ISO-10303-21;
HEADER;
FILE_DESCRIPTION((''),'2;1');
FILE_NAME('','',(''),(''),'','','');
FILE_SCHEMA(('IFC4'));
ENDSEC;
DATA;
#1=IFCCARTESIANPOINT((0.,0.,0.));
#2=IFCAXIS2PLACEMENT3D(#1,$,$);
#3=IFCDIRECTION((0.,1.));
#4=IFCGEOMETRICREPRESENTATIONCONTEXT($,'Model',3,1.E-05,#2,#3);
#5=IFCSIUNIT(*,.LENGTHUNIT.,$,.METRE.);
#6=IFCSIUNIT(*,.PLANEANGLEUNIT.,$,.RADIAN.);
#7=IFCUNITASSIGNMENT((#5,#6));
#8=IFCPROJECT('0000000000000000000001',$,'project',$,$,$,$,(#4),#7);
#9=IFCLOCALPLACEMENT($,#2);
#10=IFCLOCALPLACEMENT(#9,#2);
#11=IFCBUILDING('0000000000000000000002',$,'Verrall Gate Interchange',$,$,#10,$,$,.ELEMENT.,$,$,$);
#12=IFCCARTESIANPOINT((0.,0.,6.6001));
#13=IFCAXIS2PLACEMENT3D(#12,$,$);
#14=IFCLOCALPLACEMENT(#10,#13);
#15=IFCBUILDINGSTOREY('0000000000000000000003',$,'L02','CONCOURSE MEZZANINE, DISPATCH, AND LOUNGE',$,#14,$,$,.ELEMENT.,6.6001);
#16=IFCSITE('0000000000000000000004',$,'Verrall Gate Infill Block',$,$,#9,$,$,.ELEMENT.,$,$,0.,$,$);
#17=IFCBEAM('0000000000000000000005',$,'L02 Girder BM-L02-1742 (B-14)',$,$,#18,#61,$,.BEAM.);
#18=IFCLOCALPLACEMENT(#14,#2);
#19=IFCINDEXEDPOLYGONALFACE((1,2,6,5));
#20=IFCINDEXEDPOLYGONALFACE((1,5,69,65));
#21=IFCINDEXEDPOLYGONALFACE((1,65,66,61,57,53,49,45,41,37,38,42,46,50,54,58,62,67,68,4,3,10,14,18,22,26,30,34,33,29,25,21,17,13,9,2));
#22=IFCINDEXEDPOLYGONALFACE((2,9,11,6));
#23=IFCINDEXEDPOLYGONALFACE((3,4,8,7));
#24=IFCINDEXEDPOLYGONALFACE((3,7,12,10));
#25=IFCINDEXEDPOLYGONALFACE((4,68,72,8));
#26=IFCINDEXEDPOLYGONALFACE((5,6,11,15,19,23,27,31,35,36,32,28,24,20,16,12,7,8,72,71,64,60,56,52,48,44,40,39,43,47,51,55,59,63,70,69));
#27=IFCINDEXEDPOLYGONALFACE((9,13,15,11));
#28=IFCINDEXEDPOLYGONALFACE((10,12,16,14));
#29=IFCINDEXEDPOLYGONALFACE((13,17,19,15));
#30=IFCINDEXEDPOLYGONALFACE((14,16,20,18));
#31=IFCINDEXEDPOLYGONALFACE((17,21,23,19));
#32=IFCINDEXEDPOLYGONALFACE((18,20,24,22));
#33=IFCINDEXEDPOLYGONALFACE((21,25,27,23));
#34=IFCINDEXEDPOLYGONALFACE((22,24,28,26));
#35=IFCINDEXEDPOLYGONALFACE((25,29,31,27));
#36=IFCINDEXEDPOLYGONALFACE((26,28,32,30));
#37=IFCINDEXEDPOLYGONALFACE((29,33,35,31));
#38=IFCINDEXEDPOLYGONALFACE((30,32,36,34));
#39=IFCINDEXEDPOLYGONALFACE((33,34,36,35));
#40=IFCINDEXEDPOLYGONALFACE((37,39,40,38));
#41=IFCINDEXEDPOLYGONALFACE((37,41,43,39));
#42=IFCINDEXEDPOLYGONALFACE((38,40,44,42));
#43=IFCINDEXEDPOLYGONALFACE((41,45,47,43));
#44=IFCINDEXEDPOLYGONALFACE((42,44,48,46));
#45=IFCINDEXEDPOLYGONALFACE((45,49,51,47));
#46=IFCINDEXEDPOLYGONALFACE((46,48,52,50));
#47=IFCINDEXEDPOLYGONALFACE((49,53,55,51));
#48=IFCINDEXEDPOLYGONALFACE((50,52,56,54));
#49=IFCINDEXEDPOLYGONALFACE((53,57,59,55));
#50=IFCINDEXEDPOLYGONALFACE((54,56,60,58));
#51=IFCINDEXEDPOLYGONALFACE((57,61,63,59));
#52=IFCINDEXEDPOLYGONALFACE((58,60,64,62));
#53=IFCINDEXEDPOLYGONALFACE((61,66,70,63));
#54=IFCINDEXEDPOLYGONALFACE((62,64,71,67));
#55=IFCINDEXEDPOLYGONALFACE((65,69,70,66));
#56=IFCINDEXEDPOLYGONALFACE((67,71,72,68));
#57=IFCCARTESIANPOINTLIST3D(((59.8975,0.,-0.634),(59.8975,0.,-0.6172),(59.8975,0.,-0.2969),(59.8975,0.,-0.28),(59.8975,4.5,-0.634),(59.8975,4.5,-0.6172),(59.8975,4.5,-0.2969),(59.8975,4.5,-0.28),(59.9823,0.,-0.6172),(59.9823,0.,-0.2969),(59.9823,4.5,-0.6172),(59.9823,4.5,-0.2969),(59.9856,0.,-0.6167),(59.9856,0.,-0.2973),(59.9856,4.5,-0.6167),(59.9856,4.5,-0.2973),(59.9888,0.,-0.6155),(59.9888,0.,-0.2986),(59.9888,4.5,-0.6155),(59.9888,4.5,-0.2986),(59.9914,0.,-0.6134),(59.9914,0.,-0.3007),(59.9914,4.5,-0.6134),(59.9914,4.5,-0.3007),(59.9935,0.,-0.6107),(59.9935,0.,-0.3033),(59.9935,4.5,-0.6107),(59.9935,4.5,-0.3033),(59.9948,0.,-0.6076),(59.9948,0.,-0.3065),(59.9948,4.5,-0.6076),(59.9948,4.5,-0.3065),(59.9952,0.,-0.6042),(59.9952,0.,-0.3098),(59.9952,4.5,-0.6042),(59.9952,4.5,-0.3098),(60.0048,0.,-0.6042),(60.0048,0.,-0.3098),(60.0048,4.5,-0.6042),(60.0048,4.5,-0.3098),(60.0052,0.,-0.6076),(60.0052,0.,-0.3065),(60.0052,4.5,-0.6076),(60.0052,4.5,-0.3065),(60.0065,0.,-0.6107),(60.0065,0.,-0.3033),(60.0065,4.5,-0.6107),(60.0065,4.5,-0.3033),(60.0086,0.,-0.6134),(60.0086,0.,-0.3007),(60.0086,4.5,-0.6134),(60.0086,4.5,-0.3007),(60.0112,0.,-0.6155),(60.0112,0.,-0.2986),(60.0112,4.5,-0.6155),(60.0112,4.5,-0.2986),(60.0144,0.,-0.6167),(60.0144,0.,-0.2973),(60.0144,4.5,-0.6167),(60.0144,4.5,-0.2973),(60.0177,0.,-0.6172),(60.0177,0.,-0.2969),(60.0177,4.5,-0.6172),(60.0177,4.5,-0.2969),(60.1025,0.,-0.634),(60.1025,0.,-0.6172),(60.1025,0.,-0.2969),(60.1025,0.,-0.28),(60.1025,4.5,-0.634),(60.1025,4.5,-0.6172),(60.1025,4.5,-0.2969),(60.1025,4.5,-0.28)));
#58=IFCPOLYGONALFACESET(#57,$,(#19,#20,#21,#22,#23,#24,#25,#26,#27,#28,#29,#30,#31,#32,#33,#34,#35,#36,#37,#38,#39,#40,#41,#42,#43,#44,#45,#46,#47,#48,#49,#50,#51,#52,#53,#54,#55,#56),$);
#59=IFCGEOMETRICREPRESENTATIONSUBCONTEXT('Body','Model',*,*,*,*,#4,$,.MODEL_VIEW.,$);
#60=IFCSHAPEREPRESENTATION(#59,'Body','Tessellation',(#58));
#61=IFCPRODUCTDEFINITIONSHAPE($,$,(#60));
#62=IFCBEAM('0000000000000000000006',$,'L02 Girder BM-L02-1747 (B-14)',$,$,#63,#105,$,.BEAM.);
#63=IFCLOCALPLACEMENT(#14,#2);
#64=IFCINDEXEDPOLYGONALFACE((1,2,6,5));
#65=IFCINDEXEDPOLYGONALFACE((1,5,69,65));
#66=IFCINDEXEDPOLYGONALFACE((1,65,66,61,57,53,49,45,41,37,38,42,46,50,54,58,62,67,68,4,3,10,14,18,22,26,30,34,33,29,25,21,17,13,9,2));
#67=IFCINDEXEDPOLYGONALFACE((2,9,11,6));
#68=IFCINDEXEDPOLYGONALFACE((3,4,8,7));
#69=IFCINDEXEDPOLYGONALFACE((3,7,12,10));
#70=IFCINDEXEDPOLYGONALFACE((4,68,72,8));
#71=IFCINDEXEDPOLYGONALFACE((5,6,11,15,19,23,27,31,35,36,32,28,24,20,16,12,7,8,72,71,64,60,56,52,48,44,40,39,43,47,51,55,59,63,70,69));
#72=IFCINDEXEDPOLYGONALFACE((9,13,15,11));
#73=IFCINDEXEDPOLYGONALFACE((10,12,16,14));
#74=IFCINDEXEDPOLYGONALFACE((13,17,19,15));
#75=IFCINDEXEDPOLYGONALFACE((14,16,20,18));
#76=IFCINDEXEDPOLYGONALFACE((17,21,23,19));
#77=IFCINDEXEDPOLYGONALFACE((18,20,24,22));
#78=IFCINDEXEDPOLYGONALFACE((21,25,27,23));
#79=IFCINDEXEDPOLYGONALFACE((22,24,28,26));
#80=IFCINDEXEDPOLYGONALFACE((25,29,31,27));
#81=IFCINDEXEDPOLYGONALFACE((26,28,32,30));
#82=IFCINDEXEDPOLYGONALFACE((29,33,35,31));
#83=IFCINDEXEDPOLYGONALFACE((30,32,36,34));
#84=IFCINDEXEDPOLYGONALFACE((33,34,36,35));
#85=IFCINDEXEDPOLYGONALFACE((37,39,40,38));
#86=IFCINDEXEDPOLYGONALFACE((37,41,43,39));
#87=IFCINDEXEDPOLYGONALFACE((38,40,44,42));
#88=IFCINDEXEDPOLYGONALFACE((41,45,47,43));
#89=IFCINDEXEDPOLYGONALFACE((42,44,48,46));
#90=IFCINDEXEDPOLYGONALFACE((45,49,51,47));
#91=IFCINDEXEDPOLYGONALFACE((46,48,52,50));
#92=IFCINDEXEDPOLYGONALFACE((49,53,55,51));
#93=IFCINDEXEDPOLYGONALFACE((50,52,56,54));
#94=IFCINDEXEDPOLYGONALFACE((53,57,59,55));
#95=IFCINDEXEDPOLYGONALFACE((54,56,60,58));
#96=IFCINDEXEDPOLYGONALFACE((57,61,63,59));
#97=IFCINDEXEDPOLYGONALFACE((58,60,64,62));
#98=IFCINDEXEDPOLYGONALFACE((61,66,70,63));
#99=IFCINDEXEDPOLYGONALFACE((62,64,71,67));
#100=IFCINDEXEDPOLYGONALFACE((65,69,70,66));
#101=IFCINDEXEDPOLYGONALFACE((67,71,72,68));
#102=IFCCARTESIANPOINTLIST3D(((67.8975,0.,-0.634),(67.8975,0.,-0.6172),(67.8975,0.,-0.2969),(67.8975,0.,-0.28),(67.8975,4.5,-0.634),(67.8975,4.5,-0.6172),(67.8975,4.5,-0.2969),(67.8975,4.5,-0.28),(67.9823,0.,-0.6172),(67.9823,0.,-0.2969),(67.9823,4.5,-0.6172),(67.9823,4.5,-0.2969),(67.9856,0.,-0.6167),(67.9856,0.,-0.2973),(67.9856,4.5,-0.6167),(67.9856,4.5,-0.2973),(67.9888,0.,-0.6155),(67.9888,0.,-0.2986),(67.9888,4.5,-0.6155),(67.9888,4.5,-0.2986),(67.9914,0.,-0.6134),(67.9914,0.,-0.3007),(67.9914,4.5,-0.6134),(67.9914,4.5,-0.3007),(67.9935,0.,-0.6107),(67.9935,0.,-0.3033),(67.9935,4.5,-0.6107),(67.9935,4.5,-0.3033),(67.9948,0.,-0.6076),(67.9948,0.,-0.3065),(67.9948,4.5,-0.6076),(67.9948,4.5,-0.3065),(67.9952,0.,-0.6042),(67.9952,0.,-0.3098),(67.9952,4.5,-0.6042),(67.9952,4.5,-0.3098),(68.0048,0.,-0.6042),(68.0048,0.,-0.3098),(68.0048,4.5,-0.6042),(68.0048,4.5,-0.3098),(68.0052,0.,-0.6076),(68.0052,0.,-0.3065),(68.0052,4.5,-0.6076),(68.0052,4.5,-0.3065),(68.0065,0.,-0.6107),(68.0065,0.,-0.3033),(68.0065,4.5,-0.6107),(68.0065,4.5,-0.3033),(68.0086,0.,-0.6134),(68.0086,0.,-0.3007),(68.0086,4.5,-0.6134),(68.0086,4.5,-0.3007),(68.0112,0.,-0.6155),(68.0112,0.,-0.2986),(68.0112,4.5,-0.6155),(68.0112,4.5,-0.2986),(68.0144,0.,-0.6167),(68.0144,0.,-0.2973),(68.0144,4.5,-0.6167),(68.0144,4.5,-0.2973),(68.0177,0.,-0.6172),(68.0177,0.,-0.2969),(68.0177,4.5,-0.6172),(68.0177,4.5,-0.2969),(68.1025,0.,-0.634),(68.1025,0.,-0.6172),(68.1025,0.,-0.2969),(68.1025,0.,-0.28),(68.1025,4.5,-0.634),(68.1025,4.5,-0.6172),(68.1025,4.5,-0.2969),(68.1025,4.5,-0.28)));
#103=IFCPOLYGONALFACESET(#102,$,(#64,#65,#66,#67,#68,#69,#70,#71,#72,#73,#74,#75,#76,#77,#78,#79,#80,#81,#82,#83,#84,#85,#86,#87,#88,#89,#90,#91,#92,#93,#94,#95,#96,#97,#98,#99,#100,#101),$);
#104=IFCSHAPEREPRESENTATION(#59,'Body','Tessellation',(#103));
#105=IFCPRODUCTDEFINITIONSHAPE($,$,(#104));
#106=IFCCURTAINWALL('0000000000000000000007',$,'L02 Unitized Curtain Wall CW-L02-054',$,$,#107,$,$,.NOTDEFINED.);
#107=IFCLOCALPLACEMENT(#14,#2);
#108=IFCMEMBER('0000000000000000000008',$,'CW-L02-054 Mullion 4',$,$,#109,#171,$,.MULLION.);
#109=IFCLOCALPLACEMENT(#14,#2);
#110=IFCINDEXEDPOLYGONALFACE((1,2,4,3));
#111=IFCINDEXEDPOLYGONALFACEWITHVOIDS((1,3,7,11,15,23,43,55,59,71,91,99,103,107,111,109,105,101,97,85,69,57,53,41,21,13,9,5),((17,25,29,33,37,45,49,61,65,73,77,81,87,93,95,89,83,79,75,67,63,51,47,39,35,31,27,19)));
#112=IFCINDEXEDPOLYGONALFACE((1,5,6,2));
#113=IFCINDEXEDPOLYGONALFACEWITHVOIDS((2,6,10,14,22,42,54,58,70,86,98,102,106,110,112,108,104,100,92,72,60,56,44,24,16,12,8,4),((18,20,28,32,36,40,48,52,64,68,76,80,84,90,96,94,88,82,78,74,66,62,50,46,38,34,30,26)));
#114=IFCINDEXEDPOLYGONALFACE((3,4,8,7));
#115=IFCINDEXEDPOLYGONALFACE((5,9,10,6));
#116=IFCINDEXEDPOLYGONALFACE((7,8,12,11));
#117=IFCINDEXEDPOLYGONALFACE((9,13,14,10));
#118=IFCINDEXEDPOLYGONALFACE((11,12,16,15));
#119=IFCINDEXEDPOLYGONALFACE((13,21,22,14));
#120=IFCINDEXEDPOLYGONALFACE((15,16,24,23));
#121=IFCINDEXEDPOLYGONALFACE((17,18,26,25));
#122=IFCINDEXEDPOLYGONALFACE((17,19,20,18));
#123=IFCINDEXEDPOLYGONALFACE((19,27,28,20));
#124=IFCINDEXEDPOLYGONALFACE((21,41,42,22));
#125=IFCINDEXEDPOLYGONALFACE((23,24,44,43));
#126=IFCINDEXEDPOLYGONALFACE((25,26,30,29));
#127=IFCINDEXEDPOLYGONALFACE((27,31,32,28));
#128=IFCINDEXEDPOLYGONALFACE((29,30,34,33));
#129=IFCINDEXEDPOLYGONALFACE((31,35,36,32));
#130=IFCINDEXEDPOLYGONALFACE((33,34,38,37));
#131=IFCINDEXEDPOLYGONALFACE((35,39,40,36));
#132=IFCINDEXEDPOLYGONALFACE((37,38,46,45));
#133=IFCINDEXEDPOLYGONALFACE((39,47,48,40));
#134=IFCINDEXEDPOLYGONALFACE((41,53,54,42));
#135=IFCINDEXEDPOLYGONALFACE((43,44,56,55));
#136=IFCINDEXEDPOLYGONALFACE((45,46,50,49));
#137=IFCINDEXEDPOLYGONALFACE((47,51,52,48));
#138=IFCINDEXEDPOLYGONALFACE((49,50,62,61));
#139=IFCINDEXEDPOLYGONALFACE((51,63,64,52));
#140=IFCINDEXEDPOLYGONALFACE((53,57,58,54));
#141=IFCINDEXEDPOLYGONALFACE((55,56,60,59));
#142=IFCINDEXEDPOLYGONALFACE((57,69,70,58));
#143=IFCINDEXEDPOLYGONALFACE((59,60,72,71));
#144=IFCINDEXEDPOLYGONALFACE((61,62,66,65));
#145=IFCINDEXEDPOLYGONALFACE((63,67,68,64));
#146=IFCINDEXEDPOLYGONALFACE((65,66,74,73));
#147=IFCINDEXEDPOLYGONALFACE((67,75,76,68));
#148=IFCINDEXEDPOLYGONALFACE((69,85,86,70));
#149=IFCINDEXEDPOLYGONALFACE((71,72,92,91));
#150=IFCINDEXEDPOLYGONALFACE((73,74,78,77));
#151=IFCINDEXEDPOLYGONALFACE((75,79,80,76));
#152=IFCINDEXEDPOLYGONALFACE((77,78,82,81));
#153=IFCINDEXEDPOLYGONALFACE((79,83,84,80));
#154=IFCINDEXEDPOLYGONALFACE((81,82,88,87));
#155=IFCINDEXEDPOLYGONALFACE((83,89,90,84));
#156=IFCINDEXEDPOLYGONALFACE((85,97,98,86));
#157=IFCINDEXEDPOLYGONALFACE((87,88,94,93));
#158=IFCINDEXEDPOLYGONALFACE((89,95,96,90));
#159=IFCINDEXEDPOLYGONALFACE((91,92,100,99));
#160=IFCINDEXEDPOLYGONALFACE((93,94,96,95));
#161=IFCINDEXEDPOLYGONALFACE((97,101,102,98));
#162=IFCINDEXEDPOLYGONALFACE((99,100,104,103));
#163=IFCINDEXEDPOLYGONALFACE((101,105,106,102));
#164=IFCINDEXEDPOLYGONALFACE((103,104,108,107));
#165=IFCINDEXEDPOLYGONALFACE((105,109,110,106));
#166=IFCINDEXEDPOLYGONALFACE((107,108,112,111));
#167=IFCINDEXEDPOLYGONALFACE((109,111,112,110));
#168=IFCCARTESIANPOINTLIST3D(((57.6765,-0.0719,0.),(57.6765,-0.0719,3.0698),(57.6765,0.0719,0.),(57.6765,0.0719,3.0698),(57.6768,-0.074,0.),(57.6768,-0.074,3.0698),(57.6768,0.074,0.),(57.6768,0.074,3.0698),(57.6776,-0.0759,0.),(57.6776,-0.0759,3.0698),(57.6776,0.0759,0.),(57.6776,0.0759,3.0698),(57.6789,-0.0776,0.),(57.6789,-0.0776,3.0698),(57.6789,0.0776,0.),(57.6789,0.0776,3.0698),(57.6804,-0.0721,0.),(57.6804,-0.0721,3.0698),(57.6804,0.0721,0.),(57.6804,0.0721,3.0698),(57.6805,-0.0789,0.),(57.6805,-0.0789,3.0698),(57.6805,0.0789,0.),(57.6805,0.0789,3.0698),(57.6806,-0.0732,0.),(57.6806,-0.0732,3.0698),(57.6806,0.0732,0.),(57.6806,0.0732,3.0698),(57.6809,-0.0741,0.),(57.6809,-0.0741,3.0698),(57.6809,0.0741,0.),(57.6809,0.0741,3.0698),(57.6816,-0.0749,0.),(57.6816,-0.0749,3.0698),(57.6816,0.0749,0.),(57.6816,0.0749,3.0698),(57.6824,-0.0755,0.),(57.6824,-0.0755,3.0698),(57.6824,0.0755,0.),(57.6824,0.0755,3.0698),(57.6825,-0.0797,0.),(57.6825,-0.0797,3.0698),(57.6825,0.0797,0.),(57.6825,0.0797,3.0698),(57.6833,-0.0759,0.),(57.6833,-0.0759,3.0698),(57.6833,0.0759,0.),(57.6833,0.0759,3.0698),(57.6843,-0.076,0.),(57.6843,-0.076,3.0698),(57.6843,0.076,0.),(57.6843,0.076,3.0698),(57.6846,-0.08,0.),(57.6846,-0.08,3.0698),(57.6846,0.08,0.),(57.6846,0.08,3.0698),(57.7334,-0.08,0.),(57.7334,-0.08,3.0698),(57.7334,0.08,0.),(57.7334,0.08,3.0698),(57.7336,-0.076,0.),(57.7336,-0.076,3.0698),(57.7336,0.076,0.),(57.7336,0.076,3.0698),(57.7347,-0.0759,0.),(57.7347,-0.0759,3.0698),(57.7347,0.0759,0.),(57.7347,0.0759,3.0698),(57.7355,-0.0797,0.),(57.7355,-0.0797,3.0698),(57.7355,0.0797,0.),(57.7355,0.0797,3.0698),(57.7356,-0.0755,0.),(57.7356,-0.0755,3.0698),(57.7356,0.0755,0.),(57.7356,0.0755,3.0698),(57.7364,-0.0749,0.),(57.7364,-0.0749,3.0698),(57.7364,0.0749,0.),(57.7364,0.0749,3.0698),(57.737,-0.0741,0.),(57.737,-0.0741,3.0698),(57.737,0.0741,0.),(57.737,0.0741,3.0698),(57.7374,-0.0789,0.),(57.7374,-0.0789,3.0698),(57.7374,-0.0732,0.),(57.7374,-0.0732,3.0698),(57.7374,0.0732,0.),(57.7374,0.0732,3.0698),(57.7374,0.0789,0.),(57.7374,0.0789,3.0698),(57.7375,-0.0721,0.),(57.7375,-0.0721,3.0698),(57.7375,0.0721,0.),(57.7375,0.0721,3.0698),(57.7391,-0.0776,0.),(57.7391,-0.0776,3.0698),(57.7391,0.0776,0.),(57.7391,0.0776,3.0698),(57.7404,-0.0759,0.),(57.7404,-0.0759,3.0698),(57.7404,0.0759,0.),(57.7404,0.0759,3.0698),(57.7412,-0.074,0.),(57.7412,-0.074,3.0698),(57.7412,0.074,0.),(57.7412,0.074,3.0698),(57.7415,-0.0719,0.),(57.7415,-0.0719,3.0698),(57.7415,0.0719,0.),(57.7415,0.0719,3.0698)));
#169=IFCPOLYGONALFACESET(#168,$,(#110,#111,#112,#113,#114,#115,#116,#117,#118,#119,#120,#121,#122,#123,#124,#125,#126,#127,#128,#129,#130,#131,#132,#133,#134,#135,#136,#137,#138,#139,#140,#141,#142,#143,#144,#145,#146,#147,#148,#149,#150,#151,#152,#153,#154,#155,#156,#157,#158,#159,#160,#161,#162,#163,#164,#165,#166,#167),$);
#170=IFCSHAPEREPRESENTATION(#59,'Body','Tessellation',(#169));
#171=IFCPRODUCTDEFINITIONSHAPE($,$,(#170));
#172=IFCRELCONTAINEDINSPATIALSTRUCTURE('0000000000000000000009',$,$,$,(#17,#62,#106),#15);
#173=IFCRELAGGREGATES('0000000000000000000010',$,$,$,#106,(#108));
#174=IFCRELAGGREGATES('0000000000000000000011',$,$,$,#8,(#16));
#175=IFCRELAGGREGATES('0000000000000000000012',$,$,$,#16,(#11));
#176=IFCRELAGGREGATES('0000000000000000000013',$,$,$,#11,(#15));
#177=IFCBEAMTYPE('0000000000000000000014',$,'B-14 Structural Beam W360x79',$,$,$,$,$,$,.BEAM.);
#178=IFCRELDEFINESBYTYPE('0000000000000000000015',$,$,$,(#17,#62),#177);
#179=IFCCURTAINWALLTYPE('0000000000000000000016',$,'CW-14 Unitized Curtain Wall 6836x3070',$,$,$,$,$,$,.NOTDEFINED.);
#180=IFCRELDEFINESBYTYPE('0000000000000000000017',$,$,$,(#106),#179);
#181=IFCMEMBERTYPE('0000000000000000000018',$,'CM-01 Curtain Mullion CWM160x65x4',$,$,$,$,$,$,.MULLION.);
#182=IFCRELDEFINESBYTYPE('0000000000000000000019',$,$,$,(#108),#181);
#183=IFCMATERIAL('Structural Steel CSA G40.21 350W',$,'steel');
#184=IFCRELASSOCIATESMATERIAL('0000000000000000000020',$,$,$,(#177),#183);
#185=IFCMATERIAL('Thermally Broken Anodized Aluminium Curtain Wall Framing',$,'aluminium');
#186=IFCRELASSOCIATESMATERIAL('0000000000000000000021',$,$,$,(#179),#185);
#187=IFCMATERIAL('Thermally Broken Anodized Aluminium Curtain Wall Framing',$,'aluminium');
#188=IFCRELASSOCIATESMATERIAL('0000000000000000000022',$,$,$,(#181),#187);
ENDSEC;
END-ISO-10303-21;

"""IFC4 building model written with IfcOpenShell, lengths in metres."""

from ifc_helpers import new_model, si_unit, direction, frame, origin, origin_2d, place, context, subcontext, project, spatial, hollow_rectangle, i_section, extrude, material, material_profile, profile_set, type_object, element, aggregate, save


model = new_model("IFC4")

# Units and contexts
model_context = context("Model", 3, precision=1e-05, world=origin(), true_north=direction((0.0, 1.0)))
body_context = subcontext(model_context, "Body", "Model", "MODEL_VIEW")
ifc_project = project(units=[si_unit("LENGTHUNIT", "METRE"), si_unit("PLANEANGLEUNIT", "RADIAN")], contexts=[model_context])

# Site, building, storey
site_placement = place(None, origin())
site = spatial("IfcSite", under=ifc_project, at=site_placement, Name="Verrall Gate Infill Block", CompositionType="ELEMENT", RefElevation=0.0)
building_placement = place(site_placement, origin())
building = spatial("IfcBuilding", under=site, at=building_placement, Name="Verrall Gate Interchange", CompositionType="ELEMENT")
storey_placement = place(building_placement, frame((0.0, 0.0, 6.6001)))
storey = spatial("IfcBuildingStorey", under=building, at=storey_placement, Name="L02", Description="CONCOURSE MEZZANINE, DISPATCH, AND LOUNGE", CompositionType="ELEMENT", Elevation=6.6001)

# Beams
ifc_material_1 = material(Name="Structural Steel CSA G40.21 350W", Category="steel")
ifc_material_profile_1 = material_profile(ifc_material_1, i_section(OverallWidth=0.2051, OverallDepth=0.354, WebThickness=0.0095, FlangeThickness=0.0168, FilletRadius=0.0129, at=origin_2d()), Name="W360x79")
ifc_profile_set_1 = profile_set([ifc_material_profile_1], Name="Structural Steel CSA G40.21 350W")
beam_type_1 = type_object("IfcBeamType", Name="B-14 Structural Beam W360x79", PredefinedType="BEAM", material=ifc_profile_set_1)
for number, where, z_axis, x_axis, name in (
    (1, (60.0, 0.0, -0.457), (0.0, 1.0, 0.0), (-1.0, 0.0, 0.0), "L02 Girder BM-L02-1742 (B-14)"),
    (2, (68.0, 0.0, -0.457), (0.0, 1.0, 0.0), (-1.0, 0.0, 0.0), "L02 Girder BM-L02-1747 (B-14)"),
):
    element("IfcBeam", number, at=place(storey_placement, frame(where, z_axis=z_axis, x_axis=x_axis)), inside=storey, type_object=beam_type_1, Name=name, PredefinedType="BEAM", context=body_context, shape_type="SweptSolid", body=[
        extrude(i_section(OverallWidth=0.2051, OverallDepth=0.354, WebThickness=0.0095, FlangeThickness=0.0168, FilletRadius=0.0129, at=origin_2d()), origin(), (0.0, 0.0, 1.0), 4.5),
    ])

# Curtain wall, member
ifc_material_2 = material(Name="Thermally Broken Anodized Aluminium Curtain Wall Framing", Category="aluminium")
curtain_wall_type = type_object("IfcCurtainWallType", Name="CW-14 Unitized Curtain Wall 6836x3070", PredefinedType="NOTDEFINED", material=ifc_material_2)
curtain_wall_1_placement = place(storey_placement, origin())
curtain_wall_1 = element("IfcCurtainWall", 3, at=curtain_wall_1_placement, inside=storey, type_object=curtain_wall_type, Name="L02 Unitized Curtain Wall CW-L02-054", PredefinedType="NOTDEFINED")
ifc_material_3 = material(Name="Thermally Broken Anodized Aluminium Curtain Wall Framing", Category="aluminium")
ifc_material_profile_2 = material_profile(ifc_material_3, hollow_rectangle(XDim=0.0649, YDim=0.1599, WallThickness=0.0039, InnerFilletRadius=0.0039, OuterFilletRadius=0.0081, at=origin_2d()), Name="CWM160x65x4")
ifc_profile_set_2 = profile_set([ifc_material_profile_2], Name="Thermally Broken Anodized Aluminium Curtain Wall Framing")
member_type_1 = type_object("IfcMemberType", Name="CM-01 Curtain Mullion CWM160x65x4", PredefinedType="MULLION", material=ifc_profile_set_2)
member_1_placement = place(storey_placement, frame((57.709, 0.0, 0.0), z_axis=(0.0, 0.0, 1.0), x_axis=(1.0, 0.0, 0.0)))
member_1 = element("IfcMember", 4, at=member_1_placement, type_object=member_type_1, Name="CW-L02-054 Mullion 4", PredefinedType="MULLION", context=body_context, shape_type="SweptSolid", body=[
    extrude(hollow_rectangle(XDim=0.0649, YDim=0.1599, WallThickness=0.0039, InnerFilletRadius=0.0039, OuterFilletRadius=0.0081, at=origin_2d()), origin(), (0.0, 0.0, 1.0), 3.0698),
])

aggregate(curtain_wall_1, [member_1])

save(model, "model.ifc")
